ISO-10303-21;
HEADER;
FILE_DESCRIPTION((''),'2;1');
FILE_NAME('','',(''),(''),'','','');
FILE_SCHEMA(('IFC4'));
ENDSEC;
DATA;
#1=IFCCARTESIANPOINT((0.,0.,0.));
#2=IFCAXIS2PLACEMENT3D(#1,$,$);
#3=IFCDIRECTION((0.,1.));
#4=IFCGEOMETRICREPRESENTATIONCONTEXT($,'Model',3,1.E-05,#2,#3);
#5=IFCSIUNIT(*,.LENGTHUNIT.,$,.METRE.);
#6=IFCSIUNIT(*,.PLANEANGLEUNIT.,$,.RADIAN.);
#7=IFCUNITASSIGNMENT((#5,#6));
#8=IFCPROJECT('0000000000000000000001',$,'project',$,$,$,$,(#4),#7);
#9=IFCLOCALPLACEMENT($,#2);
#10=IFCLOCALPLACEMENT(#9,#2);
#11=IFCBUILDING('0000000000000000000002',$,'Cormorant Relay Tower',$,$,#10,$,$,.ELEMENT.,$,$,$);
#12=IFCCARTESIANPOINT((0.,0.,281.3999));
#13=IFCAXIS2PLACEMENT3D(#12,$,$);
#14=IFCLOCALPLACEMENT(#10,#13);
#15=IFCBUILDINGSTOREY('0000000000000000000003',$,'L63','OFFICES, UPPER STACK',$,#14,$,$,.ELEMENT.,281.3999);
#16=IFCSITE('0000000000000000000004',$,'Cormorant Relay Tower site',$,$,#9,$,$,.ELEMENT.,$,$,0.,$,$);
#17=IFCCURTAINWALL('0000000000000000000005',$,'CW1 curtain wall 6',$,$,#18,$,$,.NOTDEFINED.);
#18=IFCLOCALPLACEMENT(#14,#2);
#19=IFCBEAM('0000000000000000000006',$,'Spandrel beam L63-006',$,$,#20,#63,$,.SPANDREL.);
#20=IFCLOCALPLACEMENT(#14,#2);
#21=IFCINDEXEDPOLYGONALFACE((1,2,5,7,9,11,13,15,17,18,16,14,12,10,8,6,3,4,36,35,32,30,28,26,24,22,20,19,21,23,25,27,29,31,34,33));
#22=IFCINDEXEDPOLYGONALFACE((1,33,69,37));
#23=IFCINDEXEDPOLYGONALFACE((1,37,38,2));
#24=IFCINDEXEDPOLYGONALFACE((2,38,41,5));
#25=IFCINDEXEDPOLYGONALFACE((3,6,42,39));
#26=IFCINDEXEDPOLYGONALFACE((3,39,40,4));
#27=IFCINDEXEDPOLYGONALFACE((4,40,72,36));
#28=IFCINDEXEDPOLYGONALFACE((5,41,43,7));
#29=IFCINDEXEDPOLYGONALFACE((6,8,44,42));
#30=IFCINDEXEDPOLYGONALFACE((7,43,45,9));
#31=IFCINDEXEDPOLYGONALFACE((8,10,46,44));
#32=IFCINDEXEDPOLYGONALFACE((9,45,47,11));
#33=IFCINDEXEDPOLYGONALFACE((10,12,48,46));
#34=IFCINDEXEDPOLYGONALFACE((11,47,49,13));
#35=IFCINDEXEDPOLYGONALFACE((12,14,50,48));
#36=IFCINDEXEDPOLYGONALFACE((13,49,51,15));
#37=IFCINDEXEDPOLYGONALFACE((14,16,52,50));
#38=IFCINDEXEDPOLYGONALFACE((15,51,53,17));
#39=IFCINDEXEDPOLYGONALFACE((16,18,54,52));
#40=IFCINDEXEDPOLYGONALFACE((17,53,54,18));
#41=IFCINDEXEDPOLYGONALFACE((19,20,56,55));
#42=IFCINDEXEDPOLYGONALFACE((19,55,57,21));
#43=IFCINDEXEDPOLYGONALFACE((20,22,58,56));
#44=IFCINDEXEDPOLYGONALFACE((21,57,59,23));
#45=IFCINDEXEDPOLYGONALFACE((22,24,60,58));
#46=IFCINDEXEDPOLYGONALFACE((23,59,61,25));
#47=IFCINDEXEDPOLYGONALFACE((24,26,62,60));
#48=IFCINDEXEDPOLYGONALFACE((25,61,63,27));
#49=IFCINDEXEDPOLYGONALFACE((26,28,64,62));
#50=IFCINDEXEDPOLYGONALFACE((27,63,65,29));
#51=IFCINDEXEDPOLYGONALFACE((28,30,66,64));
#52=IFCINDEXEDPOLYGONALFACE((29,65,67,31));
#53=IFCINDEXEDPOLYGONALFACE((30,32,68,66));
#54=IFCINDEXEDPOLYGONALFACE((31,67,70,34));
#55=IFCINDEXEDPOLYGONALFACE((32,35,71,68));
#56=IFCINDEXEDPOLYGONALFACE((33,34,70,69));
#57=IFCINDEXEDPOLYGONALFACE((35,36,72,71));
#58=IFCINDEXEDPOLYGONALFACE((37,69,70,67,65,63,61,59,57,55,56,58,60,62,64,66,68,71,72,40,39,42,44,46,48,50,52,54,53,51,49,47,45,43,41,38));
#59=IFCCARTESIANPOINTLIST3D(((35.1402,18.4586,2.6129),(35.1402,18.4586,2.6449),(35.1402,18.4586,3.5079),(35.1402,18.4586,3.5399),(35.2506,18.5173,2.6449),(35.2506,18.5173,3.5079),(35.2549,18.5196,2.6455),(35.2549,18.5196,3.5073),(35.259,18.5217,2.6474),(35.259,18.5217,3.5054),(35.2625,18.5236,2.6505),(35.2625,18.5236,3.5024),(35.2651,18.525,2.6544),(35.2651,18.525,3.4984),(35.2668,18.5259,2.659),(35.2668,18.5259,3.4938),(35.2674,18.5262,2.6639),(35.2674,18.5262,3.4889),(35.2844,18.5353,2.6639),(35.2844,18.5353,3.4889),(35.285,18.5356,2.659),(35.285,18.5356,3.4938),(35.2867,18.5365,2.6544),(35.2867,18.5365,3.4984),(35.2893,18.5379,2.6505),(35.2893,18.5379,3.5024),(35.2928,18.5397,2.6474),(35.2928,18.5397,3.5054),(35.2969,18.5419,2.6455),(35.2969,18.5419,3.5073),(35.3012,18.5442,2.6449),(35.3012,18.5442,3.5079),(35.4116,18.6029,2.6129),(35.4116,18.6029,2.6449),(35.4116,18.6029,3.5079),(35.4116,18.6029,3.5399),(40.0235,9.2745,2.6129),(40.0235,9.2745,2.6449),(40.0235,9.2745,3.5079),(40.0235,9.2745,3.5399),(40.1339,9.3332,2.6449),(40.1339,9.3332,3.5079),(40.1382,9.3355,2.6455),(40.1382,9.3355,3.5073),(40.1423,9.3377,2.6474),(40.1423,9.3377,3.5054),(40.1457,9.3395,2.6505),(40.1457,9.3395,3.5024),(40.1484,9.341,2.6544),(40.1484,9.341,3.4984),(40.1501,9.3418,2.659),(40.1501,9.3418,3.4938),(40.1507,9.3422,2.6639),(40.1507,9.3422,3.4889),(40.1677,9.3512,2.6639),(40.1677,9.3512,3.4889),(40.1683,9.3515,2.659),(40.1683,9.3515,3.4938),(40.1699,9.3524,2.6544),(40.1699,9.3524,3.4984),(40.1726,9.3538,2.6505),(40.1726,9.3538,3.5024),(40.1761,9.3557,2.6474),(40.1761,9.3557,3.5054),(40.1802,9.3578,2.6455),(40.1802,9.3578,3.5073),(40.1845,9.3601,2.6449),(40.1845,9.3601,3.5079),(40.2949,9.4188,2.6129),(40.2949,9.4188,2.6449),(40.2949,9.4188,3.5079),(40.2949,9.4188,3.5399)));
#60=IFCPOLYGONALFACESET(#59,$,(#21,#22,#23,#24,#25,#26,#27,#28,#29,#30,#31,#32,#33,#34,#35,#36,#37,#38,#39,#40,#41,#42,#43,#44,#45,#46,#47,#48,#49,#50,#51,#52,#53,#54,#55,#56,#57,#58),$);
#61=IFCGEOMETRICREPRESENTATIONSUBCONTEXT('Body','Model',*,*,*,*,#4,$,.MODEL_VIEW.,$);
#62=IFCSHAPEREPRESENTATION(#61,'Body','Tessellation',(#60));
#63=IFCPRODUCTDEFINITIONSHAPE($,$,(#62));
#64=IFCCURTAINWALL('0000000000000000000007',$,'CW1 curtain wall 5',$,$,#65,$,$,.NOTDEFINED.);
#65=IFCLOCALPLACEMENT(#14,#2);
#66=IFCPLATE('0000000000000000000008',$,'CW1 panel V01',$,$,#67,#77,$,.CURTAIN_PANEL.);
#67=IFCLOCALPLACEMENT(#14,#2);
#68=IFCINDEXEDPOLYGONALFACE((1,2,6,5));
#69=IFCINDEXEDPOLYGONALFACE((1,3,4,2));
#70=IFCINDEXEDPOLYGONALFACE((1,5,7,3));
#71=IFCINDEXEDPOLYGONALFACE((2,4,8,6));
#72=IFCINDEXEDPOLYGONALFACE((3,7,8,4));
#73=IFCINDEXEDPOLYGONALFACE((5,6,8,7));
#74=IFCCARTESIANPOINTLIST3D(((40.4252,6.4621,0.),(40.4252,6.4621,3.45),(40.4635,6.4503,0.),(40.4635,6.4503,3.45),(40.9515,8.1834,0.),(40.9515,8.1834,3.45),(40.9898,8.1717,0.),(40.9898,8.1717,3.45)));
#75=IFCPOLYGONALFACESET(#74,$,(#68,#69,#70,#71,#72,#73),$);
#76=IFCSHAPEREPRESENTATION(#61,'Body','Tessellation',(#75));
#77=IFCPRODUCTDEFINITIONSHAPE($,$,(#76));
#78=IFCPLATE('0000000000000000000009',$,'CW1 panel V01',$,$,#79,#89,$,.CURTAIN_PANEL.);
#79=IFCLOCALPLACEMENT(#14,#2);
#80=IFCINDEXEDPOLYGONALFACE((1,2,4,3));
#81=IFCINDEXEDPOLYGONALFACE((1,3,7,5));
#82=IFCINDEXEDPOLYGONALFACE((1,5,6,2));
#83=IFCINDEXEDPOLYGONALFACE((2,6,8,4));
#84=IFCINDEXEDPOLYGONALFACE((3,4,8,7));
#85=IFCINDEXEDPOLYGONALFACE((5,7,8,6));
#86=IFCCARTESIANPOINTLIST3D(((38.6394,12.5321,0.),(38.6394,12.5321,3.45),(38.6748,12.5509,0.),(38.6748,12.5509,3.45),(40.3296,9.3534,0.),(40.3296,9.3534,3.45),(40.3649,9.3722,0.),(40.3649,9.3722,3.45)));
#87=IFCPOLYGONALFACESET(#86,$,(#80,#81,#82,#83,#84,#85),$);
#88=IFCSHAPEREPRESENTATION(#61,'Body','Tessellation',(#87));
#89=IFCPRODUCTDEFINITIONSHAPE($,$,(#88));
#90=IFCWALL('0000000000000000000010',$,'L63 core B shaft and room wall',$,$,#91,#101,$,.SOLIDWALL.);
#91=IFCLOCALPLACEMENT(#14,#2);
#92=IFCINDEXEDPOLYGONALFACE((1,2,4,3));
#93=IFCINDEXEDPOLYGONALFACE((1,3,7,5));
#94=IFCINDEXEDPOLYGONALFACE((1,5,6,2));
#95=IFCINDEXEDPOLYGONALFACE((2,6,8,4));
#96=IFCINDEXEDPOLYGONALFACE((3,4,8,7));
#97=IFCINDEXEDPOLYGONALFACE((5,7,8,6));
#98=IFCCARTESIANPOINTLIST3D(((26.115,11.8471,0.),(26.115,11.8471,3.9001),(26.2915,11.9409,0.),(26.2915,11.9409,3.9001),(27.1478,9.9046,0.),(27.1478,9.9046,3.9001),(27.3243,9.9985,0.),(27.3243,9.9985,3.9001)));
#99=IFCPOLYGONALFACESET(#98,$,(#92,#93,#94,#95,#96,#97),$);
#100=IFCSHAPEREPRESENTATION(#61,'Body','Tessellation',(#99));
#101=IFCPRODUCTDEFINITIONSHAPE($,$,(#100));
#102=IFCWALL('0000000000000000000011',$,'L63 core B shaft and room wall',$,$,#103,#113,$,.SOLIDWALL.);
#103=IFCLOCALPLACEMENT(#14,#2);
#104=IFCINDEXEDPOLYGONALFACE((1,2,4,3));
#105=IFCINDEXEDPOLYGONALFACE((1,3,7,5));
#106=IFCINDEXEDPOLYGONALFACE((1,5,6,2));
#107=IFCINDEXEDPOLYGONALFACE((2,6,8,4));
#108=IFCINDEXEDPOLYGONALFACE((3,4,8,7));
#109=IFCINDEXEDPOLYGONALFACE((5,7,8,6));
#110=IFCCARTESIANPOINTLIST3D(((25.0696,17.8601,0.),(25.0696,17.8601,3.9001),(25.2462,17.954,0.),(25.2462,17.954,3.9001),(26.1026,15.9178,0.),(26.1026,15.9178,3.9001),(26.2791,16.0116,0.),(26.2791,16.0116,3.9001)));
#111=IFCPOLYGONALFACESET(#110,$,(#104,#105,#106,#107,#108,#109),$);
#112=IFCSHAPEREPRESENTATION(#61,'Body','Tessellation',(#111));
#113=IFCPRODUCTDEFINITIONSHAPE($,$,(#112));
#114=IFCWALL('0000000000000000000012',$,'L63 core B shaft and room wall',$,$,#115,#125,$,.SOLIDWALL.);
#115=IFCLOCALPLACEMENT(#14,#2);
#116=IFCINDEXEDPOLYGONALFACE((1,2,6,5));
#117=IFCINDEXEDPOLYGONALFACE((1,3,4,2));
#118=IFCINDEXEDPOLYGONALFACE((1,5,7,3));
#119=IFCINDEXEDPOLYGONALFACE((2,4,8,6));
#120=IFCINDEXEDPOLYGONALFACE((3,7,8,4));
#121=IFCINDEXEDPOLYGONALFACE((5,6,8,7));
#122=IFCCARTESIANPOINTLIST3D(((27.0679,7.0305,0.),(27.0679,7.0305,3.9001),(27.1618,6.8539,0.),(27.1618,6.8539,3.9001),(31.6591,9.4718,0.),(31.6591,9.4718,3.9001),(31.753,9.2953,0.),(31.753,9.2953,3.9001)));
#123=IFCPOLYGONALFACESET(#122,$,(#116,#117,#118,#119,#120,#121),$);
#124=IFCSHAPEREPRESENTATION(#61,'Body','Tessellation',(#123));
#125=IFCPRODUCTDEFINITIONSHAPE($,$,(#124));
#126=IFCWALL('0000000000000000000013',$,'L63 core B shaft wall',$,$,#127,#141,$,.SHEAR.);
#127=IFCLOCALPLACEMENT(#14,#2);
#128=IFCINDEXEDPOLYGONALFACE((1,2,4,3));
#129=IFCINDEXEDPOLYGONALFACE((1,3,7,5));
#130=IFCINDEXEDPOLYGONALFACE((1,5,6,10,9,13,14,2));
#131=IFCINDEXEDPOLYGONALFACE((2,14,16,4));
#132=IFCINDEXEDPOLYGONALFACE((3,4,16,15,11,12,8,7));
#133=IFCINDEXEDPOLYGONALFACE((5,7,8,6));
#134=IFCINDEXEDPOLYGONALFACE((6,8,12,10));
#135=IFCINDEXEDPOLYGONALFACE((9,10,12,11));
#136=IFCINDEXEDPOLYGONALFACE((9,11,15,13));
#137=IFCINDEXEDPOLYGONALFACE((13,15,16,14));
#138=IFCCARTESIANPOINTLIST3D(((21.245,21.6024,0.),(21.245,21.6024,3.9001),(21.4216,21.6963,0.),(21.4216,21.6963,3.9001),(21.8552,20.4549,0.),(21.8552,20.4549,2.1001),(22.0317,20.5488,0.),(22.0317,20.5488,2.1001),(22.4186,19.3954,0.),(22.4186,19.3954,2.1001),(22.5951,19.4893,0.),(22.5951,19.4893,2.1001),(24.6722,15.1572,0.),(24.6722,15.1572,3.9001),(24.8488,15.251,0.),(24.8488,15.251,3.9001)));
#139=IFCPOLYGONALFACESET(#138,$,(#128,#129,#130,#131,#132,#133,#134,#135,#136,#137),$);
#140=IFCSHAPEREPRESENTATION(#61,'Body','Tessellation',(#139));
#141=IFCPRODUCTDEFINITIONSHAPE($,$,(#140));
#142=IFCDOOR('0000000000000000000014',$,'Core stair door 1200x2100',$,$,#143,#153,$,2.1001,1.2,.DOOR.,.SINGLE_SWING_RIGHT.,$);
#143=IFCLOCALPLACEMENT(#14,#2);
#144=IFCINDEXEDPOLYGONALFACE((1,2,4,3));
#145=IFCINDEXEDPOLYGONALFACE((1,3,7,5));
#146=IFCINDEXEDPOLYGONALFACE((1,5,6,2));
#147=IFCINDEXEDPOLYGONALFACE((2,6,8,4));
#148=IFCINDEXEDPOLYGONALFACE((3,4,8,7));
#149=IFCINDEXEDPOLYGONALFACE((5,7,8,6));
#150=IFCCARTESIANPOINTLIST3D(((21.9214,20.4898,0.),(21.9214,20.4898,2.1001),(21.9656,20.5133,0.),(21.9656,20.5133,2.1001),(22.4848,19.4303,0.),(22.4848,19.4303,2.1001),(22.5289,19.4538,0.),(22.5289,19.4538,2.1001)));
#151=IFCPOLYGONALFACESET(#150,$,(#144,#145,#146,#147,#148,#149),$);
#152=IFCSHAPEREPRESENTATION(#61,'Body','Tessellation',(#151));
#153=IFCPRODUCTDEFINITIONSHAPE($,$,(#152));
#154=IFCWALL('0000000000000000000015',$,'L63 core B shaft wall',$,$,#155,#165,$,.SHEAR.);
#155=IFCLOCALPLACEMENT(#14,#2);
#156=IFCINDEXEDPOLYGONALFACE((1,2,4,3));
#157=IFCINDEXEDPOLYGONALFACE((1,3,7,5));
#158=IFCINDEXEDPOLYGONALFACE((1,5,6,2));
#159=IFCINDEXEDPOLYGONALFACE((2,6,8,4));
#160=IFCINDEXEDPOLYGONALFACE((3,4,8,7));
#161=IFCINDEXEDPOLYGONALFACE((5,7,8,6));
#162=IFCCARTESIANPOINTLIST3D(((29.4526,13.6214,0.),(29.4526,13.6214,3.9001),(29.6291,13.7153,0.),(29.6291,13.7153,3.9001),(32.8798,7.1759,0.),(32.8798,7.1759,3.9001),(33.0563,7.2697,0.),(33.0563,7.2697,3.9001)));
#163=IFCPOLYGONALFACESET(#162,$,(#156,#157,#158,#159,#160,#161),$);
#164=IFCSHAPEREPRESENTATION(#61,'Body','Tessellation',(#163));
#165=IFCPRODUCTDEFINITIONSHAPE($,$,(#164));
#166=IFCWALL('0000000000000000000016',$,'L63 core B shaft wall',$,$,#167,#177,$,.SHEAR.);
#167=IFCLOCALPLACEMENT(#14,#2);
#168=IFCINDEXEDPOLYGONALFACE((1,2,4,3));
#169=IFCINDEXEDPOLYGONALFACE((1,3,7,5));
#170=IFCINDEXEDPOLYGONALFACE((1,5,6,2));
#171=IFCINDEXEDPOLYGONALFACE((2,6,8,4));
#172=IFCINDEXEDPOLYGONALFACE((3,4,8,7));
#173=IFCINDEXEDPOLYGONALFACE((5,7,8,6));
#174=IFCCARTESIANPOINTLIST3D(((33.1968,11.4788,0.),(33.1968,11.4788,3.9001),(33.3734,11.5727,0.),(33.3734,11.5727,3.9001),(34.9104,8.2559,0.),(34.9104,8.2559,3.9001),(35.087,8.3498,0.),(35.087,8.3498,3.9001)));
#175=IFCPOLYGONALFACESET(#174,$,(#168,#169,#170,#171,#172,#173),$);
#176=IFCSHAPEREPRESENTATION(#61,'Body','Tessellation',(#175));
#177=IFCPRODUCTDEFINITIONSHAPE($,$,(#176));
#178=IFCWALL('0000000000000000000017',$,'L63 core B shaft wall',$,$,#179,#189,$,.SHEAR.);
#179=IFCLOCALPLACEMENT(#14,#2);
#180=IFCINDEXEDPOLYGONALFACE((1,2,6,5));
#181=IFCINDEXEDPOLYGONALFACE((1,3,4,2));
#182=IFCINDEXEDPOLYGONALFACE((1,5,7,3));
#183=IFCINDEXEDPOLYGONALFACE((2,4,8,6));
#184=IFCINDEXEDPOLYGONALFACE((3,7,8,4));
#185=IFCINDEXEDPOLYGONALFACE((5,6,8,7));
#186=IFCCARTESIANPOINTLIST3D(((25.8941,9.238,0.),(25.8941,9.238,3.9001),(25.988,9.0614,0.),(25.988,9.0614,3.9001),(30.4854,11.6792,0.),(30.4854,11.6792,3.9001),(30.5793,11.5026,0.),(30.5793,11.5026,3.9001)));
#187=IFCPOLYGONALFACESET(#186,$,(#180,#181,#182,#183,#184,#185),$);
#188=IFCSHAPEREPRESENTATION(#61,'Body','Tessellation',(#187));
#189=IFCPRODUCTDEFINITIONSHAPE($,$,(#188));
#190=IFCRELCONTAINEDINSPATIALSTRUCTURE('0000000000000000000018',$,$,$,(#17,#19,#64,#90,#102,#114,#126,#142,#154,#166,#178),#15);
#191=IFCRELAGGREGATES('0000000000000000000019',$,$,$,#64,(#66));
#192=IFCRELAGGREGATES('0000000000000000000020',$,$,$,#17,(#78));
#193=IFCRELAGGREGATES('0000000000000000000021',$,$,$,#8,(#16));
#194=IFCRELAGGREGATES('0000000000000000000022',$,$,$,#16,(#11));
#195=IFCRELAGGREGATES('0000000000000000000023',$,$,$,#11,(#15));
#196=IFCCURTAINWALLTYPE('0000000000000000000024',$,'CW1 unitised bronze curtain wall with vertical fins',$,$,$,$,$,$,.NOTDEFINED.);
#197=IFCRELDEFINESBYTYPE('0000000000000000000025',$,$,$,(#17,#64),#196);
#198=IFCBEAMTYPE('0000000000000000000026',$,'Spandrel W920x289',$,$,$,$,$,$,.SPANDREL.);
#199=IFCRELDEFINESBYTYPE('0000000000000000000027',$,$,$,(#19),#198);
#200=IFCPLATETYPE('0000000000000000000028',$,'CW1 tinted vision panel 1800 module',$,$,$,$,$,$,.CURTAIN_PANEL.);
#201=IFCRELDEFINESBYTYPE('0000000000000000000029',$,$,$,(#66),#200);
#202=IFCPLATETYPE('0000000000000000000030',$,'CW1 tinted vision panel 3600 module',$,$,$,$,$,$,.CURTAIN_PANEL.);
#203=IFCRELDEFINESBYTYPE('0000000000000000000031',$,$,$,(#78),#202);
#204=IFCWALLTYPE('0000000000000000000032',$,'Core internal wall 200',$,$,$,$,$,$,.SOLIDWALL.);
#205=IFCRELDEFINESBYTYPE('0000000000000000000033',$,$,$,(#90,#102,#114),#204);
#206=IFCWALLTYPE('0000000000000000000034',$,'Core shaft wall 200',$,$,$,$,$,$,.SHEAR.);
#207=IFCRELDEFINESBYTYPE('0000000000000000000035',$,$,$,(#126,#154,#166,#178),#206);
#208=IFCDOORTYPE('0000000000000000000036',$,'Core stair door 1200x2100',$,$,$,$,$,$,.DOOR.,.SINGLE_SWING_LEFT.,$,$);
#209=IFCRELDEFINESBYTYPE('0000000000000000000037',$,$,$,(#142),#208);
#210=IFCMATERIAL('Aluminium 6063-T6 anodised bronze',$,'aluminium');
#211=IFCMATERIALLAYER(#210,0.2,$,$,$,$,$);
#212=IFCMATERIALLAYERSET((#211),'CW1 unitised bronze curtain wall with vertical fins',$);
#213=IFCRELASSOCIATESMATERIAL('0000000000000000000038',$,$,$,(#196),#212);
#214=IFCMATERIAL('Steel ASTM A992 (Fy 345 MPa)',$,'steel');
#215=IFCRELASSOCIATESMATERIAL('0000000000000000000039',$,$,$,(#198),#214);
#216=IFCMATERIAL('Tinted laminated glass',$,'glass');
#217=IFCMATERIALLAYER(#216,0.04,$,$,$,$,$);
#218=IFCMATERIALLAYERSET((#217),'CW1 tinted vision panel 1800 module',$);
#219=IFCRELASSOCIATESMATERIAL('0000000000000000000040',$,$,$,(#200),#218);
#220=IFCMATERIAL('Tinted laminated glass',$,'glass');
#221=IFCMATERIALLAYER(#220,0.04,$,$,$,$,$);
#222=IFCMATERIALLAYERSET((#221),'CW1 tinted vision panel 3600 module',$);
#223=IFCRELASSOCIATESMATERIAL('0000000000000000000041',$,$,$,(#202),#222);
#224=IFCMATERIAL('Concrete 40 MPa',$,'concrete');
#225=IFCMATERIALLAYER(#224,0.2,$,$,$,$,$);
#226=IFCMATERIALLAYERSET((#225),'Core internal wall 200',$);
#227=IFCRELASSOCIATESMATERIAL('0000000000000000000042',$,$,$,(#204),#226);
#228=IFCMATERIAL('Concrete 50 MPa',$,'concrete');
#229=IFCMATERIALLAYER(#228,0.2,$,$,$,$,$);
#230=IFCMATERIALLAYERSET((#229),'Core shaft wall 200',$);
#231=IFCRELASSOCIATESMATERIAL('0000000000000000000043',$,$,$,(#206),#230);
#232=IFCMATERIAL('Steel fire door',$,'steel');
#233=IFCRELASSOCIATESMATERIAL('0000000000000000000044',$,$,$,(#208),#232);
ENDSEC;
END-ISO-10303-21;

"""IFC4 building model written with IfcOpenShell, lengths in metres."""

from ifc_helpers import new_model, si_unit, direction, frame, frame_2d, origin, origin_2d, place, context, subcontext, project, spatial, rectangle, i_section, extrude, material, layer, layer_set, material_profile, profile_set, type_object, element, fill, aggregate, save


model = new_model("IFC4")

# Units and contexts
model_context = context("Model", 3, precision=1e-05, world=origin(), true_north=direction((0.0, 1.0)))
body_context = subcontext(model_context, "Body", "Model", "MODEL_VIEW")
ifc_project = project(units=[si_unit("LENGTHUNIT", "METRE"), si_unit("PLANEANGLEUNIT", "RADIAN")], contexts=[model_context])

# Site, building, storey
site_placement = place(None, origin())
site = spatial("IfcSite", under=ifc_project, at=site_placement, Name="Cormorant Relay Tower site", CompositionType="ELEMENT", RefElevation=0.0)
building_placement = place(site_placement, origin())
building = spatial("IfcBuilding", under=site, at=building_placement, Name="Cormorant Relay Tower", CompositionType="ELEMENT")
storey_placement = place(building_placement, frame((0.0, 0.0, 281.3999)))
storey = spatial("IfcBuildingStorey", under=building, at=storey_placement, Name="L63", Description="OFFICES, UPPER STACK", CompositionType="ELEMENT", Elevation=281.3999)

# Curtain wall
ifc_material_1 = material(Name="Aluminium 6063-T6 anodised bronze", Category="aluminium")
ifc_layer_1 = layer(ifc_material_1, 0.2)
ifc_layer_set_1 = layer_set([ifc_layer_1], Name="CW1 unitised bronze curtain wall with vertical fins")
curtain_wall_type = type_object("IfcCurtainWallType", Name="CW1 unitised bronze curtain wall with vertical fins", PredefinedType="NOTDEFINED", material=ifc_layer_set_1)
curtain_wall_1_placement = place(storey_placement, origin())
curtain_wall_1 = element("IfcCurtainWall", 1, at=curtain_wall_1_placement, inside=storey, type_object=curtain_wall_type, Name="CW1 curtain wall 6", PredefinedType="NOTDEFINED")

# Beam
ifc_material_2 = material(Name="Steel ASTM A992 (Fy 345 MPa)", Category="steel")
ifc_material_profile_1 = material_profile(ifc_material_2, i_section(OverallWidth=0.3074, OverallDepth=0.927, WebThickness=0.0193, FlangeThickness=0.032, FilletRadius=0.019, at=origin_2d()), Name="W920x289")
ifc_profile_set_1 = profile_set([ifc_material_profile_1], Name="Steel ASTM A992 (Fy 345 MPa)")
beam_type = type_object("IfcBeamType", Name="Spandrel W920x289", PredefinedType="SPANDREL", material=ifc_profile_set_1)
beam_placement = place(storey_placement, frame((40.1592, 9.3467, 3.0764), z_axis=(-0.469474, 0.882946, 0.0), x_axis=(-0.882946, -0.469474, 0.0)))
element("IfcBeam", 2, at=beam_placement, inside=storey, type_object=beam_type, Name="Spandrel beam L63-006", PredefinedType="SPANDREL", context=body_context, shape_type="SweptSolid", body=[
    extrude(i_section(OverallWidth=0.3074, OverallDepth=0.927, WebThickness=0.0193, FlangeThickness=0.032, FilletRadius=0.019, at=origin_2d()), origin(), (0.0, 0.0, 1.0), 10.4016),
])

# Curtain wall, plate
curtain_wall_2_placement = place(storey_placement, origin())
curtain_wall_2 = element("IfcCurtainWall", 3, at=curtain_wall_2_placement, inside=storey, type_object=curtain_wall_type, Name="CW1 curtain wall 5", PredefinedType="NOTDEFINED")
ifc_material_3 = material(Name="Tinted laminated glass", Category="glass")
ifc_layer_2 = layer(ifc_material_3, 0.04)
ifc_layer_set_2 = layer_set([ifc_layer_2], Name="CW1 tinted vision panel 1800 module")
plate_type_1 = type_object("IfcPlateType", Name="CW1 tinted vision panel 1800 module", PredefinedType="CURTAIN_PANEL", material=ifc_layer_set_2)
plate_1_placement = place(storey_placement, frame((40.7075, 7.3169, 0.0), z_axis=(0.0, 0.0, 1.0), x_axis=(0.292372, 0.956305, 0.0)))
plate_1 = element("IfcPlate", 4, at=plate_1_placement, type_object=plate_type_1, Name="CW1 panel V01", PredefinedType="CURTAIN_PANEL", context=body_context, shape_type="SweptSolid", body=[
    extrude(rectangle(XDim=1.8, YDim=0.04, at=origin_2d()), origin(), (0.0, 0.0, 1.0), 3.45),
])
aggregate(curtain_wall_2, [plate_1])

# Plate
ifc_material_4 = material(Name="Tinted laminated glass", Category="glass")
ifc_layer_3 = layer(ifc_material_4, 0.04)
ifc_layer_set_3 = layer_set([ifc_layer_3], Name="CW1 tinted vision panel 3600 module")
plate_type_2 = type_object("IfcPlateType", Name="CW1 tinted vision panel 3600 module", PredefinedType="CURTAIN_PANEL", material=ifc_layer_set_3)
plate_2_placement = place(storey_placement, frame((39.5022, 10.9521, 0.0), z_axis=(0.0, 0.0, 1.0), x_axis=(-0.469472, 0.882948, 0.0)))
plate_2 = element("IfcPlate", 5, at=plate_2_placement, type_object=plate_type_2, Name="CW1 panel V01", PredefinedType="CURTAIN_PANEL", context=body_context, shape_type="SweptSolid", body=[
    extrude(rectangle(XDim=3.6001, YDim=0.04, at=origin_2d()), origin(), (0.0, 0.0, 1.0), 3.45),
])

# Walls
ifc_material_5 = material(Name="Concrete 40 MPa", Category="concrete")
ifc_layer_4 = layer(ifc_material_5, 0.2)
ifc_layer_set_4 = layer_set([ifc_layer_4], Name="Core internal wall 200")
wall_type_1 = type_object("IfcWallType", Name="Core internal wall 200", PredefinedType="SOLIDWALL", material=ifc_layer_set_4)
for number, where, z_axis, x_axis, name in (
    (6, (27.2361, 9.9514, 0.0), (0.0, 0.0, 1.0), (-0.469447, 0.88296, 0.0), "L63 core B shaft and room wall"),
    (7, (26.1909, 15.9646, 0.0), (0.0, 0.0, 1.0), (-0.469534, 0.882914, 0.0), "L63 core B shaft and room wall"),
):
    element("IfcWall", number, at=place(storey_placement, frame(where, z_axis=z_axis, x_axis=x_axis)), inside=storey, type_object=wall_type_1, Name=name, PredefinedType="SOLIDWALL", context=body_context, shape_type="SweptSolid", body=[
        extrude(rectangle(XDim=2.2, YDim=0.2, at=frame_2d((1.1001, 0.0))), origin(), (0.0, 0.0, 1.0), 3.9001),
    ])
wall_1_placement = place(storey_placement, frame((27.1147, 6.9421, 0.0), z_axis=(0.0, 0.0, 1.0), x_axis=(0.882935, 0.469496, 0.0)))
element("IfcWall", 8, at=wall_1_placement, inside=storey, type_object=wall_type_1, Name="L63 core B shaft and room wall", PredefinedType="SOLIDWALL", context=body_context, shape_type="SweptSolid", body=[
    extrude(rectangle(XDim=5.2, YDim=0.2, at=frame_2d((2.6001, 0.0))), origin(), (0.0, 0.0, 1.0), 3.9001),
])

# Wall, opening, door
ifc_material_6 = material(Name="Concrete 50 MPa", Category="concrete")
ifc_layer_5 = layer(ifc_material_6, 0.2)
ifc_layer_set_5 = layer_set([ifc_layer_5], Name="Core shaft wall 200")
wall_type_2 = type_object("IfcWallType", Name="Core shaft wall 200", PredefinedType="SHEAR", material=ifc_layer_set_5)
wall_2_placement = place(storey_placement, frame((24.7605, 15.2041, 0.0), z_axis=(0.0, 0.0, 1.0), x_axis=(-0.469494, 0.882936, 0.0)))
wall_2 = element("IfcWall", 9, at=wall_2_placement, inside=storey, type_object=wall_type_2, Name="L63 core B shaft wall", PredefinedType="SHEAR", context=body_context, shape_type="SweptSolid", body=[
    extrude(rectangle(XDim=7.2998, YDim=0.2, at=frame_2d((3.6499, 0.0))), origin(), (0.0, 0.0, 1.0), 3.9001),
])
opening_1_placement = place(wall_2_placement, frame((4.8, 0.0, 0.0)))
opening_1 = element("IfcOpeningElement", 10, at=opening_1_placement, cuts=wall_2, PredefinedType="OPENING", context=body_context, shape_type="SweptSolid", body=[
    extrude(rectangle(XDim=1.2, YDim=2.1001, at=frame_2d((0.6001, 1.05))), frame((0.0, 0.1099, 0.0), z_axis=(0.0, -1.0, 0.0), x_axis=(1.0, 0.0, 0.0)), (0.0, 0.0, 1.0), 0.22),
])
ifc_material_7 = material(Name="Steel fire door", Category="steel")
door_type_1 = type_object("IfcDoorType", Name="Core stair door 1200x2100", OperationType="SINGLE_SWING_LEFT", PredefinedType="DOOR", material=ifc_material_7)
door_1_placement = place(opening_1_placement, frame((1.2, 0.0, 0.0), z_axis=(0.0, 0.0, 1.0), x_axis=(-1.0, 0.0, 0.0)))
door_1 = element("IfcDoor", 11, at=door_1_placement, inside=storey, type_object=door_type_1, Name="Core stair door 1200x2100", OperationType="SINGLE_SWING_RIGHT", OverallHeight=2.1001, OverallWidth=1.2, PredefinedType="DOOR", context=body_context, shape_type="SweptSolid", body=[
    extrude(rectangle(XDim=1.2, YDim=2.1001, at=frame_2d((0.6001, 1.05))), frame((0.0, 0.0249, 0.0), z_axis=(0.0, -1.0, 0.0), x_axis=(1.0, 0.0, 0.0)), (0.0, 0.0, 1.0), 0.05),
])
fill(opening_1, door_1)

# Walls
wall_3_placement = place(storey_placement, frame((32.968, 7.2229, 0.0), z_axis=(0.0, 0.0, 1.0), x_axis=(-0.46948, 0.882943, 0.0)))
element("IfcWall", 12, at=wall_3_placement, inside=storey, type_object=wall_type_2, Name="L63 core B shaft wall", PredefinedType="SHEAR", context=body_context, shape_type="SweptSolid", body=[
    extrude(rectangle(XDim=7.3, YDim=0.2, at=frame_2d((3.6499, 0.0))), origin(), (0.0, 0.0, 1.0), 3.9001),
])
wall_4_placement = place(storey_placement, frame((34.9988, 8.3027, 0.0), z_axis=(0.0, 0.0, 1.0), x_axis=(-0.469467, 0.88295, 0.0)))
element("IfcWall", 13, at=wall_4_placement, inside=storey, type_object=wall_type_2, Name="L63 core B shaft wall", PredefinedType="SHEAR", context=body_context, shape_type="SweptSolid", body=[
    extrude(rectangle(XDim=3.6501, YDim=0.2, at=frame_2d((1.8252, 0.0))), origin(), (0.0, 0.0, 1.0), 3.9001),
])

# Wall
wall_5_placement = place(storey_placement, frame((25.9409, 9.1497, 0.0), z_axis=(0.0, 0.0, 1.0), x_axis=(0.882954, 0.46946, 0.0)))
element("IfcWall", 14, at=wall_5_placement, inside=storey, type_object=wall_type_2, Name="L63 core B shaft wall", PredefinedType="SHEAR", context=body_context, shape_type="SweptSolid", body=[
    extrude(rectangle(XDim=5.2, YDim=0.2, at=frame_2d((2.6001, 0.0))), origin(), (0.0, 0.0, 1.0), 3.9001),
])

aggregate(curtain_wall_1, [plate_2])

save(model, "model.ifc")
